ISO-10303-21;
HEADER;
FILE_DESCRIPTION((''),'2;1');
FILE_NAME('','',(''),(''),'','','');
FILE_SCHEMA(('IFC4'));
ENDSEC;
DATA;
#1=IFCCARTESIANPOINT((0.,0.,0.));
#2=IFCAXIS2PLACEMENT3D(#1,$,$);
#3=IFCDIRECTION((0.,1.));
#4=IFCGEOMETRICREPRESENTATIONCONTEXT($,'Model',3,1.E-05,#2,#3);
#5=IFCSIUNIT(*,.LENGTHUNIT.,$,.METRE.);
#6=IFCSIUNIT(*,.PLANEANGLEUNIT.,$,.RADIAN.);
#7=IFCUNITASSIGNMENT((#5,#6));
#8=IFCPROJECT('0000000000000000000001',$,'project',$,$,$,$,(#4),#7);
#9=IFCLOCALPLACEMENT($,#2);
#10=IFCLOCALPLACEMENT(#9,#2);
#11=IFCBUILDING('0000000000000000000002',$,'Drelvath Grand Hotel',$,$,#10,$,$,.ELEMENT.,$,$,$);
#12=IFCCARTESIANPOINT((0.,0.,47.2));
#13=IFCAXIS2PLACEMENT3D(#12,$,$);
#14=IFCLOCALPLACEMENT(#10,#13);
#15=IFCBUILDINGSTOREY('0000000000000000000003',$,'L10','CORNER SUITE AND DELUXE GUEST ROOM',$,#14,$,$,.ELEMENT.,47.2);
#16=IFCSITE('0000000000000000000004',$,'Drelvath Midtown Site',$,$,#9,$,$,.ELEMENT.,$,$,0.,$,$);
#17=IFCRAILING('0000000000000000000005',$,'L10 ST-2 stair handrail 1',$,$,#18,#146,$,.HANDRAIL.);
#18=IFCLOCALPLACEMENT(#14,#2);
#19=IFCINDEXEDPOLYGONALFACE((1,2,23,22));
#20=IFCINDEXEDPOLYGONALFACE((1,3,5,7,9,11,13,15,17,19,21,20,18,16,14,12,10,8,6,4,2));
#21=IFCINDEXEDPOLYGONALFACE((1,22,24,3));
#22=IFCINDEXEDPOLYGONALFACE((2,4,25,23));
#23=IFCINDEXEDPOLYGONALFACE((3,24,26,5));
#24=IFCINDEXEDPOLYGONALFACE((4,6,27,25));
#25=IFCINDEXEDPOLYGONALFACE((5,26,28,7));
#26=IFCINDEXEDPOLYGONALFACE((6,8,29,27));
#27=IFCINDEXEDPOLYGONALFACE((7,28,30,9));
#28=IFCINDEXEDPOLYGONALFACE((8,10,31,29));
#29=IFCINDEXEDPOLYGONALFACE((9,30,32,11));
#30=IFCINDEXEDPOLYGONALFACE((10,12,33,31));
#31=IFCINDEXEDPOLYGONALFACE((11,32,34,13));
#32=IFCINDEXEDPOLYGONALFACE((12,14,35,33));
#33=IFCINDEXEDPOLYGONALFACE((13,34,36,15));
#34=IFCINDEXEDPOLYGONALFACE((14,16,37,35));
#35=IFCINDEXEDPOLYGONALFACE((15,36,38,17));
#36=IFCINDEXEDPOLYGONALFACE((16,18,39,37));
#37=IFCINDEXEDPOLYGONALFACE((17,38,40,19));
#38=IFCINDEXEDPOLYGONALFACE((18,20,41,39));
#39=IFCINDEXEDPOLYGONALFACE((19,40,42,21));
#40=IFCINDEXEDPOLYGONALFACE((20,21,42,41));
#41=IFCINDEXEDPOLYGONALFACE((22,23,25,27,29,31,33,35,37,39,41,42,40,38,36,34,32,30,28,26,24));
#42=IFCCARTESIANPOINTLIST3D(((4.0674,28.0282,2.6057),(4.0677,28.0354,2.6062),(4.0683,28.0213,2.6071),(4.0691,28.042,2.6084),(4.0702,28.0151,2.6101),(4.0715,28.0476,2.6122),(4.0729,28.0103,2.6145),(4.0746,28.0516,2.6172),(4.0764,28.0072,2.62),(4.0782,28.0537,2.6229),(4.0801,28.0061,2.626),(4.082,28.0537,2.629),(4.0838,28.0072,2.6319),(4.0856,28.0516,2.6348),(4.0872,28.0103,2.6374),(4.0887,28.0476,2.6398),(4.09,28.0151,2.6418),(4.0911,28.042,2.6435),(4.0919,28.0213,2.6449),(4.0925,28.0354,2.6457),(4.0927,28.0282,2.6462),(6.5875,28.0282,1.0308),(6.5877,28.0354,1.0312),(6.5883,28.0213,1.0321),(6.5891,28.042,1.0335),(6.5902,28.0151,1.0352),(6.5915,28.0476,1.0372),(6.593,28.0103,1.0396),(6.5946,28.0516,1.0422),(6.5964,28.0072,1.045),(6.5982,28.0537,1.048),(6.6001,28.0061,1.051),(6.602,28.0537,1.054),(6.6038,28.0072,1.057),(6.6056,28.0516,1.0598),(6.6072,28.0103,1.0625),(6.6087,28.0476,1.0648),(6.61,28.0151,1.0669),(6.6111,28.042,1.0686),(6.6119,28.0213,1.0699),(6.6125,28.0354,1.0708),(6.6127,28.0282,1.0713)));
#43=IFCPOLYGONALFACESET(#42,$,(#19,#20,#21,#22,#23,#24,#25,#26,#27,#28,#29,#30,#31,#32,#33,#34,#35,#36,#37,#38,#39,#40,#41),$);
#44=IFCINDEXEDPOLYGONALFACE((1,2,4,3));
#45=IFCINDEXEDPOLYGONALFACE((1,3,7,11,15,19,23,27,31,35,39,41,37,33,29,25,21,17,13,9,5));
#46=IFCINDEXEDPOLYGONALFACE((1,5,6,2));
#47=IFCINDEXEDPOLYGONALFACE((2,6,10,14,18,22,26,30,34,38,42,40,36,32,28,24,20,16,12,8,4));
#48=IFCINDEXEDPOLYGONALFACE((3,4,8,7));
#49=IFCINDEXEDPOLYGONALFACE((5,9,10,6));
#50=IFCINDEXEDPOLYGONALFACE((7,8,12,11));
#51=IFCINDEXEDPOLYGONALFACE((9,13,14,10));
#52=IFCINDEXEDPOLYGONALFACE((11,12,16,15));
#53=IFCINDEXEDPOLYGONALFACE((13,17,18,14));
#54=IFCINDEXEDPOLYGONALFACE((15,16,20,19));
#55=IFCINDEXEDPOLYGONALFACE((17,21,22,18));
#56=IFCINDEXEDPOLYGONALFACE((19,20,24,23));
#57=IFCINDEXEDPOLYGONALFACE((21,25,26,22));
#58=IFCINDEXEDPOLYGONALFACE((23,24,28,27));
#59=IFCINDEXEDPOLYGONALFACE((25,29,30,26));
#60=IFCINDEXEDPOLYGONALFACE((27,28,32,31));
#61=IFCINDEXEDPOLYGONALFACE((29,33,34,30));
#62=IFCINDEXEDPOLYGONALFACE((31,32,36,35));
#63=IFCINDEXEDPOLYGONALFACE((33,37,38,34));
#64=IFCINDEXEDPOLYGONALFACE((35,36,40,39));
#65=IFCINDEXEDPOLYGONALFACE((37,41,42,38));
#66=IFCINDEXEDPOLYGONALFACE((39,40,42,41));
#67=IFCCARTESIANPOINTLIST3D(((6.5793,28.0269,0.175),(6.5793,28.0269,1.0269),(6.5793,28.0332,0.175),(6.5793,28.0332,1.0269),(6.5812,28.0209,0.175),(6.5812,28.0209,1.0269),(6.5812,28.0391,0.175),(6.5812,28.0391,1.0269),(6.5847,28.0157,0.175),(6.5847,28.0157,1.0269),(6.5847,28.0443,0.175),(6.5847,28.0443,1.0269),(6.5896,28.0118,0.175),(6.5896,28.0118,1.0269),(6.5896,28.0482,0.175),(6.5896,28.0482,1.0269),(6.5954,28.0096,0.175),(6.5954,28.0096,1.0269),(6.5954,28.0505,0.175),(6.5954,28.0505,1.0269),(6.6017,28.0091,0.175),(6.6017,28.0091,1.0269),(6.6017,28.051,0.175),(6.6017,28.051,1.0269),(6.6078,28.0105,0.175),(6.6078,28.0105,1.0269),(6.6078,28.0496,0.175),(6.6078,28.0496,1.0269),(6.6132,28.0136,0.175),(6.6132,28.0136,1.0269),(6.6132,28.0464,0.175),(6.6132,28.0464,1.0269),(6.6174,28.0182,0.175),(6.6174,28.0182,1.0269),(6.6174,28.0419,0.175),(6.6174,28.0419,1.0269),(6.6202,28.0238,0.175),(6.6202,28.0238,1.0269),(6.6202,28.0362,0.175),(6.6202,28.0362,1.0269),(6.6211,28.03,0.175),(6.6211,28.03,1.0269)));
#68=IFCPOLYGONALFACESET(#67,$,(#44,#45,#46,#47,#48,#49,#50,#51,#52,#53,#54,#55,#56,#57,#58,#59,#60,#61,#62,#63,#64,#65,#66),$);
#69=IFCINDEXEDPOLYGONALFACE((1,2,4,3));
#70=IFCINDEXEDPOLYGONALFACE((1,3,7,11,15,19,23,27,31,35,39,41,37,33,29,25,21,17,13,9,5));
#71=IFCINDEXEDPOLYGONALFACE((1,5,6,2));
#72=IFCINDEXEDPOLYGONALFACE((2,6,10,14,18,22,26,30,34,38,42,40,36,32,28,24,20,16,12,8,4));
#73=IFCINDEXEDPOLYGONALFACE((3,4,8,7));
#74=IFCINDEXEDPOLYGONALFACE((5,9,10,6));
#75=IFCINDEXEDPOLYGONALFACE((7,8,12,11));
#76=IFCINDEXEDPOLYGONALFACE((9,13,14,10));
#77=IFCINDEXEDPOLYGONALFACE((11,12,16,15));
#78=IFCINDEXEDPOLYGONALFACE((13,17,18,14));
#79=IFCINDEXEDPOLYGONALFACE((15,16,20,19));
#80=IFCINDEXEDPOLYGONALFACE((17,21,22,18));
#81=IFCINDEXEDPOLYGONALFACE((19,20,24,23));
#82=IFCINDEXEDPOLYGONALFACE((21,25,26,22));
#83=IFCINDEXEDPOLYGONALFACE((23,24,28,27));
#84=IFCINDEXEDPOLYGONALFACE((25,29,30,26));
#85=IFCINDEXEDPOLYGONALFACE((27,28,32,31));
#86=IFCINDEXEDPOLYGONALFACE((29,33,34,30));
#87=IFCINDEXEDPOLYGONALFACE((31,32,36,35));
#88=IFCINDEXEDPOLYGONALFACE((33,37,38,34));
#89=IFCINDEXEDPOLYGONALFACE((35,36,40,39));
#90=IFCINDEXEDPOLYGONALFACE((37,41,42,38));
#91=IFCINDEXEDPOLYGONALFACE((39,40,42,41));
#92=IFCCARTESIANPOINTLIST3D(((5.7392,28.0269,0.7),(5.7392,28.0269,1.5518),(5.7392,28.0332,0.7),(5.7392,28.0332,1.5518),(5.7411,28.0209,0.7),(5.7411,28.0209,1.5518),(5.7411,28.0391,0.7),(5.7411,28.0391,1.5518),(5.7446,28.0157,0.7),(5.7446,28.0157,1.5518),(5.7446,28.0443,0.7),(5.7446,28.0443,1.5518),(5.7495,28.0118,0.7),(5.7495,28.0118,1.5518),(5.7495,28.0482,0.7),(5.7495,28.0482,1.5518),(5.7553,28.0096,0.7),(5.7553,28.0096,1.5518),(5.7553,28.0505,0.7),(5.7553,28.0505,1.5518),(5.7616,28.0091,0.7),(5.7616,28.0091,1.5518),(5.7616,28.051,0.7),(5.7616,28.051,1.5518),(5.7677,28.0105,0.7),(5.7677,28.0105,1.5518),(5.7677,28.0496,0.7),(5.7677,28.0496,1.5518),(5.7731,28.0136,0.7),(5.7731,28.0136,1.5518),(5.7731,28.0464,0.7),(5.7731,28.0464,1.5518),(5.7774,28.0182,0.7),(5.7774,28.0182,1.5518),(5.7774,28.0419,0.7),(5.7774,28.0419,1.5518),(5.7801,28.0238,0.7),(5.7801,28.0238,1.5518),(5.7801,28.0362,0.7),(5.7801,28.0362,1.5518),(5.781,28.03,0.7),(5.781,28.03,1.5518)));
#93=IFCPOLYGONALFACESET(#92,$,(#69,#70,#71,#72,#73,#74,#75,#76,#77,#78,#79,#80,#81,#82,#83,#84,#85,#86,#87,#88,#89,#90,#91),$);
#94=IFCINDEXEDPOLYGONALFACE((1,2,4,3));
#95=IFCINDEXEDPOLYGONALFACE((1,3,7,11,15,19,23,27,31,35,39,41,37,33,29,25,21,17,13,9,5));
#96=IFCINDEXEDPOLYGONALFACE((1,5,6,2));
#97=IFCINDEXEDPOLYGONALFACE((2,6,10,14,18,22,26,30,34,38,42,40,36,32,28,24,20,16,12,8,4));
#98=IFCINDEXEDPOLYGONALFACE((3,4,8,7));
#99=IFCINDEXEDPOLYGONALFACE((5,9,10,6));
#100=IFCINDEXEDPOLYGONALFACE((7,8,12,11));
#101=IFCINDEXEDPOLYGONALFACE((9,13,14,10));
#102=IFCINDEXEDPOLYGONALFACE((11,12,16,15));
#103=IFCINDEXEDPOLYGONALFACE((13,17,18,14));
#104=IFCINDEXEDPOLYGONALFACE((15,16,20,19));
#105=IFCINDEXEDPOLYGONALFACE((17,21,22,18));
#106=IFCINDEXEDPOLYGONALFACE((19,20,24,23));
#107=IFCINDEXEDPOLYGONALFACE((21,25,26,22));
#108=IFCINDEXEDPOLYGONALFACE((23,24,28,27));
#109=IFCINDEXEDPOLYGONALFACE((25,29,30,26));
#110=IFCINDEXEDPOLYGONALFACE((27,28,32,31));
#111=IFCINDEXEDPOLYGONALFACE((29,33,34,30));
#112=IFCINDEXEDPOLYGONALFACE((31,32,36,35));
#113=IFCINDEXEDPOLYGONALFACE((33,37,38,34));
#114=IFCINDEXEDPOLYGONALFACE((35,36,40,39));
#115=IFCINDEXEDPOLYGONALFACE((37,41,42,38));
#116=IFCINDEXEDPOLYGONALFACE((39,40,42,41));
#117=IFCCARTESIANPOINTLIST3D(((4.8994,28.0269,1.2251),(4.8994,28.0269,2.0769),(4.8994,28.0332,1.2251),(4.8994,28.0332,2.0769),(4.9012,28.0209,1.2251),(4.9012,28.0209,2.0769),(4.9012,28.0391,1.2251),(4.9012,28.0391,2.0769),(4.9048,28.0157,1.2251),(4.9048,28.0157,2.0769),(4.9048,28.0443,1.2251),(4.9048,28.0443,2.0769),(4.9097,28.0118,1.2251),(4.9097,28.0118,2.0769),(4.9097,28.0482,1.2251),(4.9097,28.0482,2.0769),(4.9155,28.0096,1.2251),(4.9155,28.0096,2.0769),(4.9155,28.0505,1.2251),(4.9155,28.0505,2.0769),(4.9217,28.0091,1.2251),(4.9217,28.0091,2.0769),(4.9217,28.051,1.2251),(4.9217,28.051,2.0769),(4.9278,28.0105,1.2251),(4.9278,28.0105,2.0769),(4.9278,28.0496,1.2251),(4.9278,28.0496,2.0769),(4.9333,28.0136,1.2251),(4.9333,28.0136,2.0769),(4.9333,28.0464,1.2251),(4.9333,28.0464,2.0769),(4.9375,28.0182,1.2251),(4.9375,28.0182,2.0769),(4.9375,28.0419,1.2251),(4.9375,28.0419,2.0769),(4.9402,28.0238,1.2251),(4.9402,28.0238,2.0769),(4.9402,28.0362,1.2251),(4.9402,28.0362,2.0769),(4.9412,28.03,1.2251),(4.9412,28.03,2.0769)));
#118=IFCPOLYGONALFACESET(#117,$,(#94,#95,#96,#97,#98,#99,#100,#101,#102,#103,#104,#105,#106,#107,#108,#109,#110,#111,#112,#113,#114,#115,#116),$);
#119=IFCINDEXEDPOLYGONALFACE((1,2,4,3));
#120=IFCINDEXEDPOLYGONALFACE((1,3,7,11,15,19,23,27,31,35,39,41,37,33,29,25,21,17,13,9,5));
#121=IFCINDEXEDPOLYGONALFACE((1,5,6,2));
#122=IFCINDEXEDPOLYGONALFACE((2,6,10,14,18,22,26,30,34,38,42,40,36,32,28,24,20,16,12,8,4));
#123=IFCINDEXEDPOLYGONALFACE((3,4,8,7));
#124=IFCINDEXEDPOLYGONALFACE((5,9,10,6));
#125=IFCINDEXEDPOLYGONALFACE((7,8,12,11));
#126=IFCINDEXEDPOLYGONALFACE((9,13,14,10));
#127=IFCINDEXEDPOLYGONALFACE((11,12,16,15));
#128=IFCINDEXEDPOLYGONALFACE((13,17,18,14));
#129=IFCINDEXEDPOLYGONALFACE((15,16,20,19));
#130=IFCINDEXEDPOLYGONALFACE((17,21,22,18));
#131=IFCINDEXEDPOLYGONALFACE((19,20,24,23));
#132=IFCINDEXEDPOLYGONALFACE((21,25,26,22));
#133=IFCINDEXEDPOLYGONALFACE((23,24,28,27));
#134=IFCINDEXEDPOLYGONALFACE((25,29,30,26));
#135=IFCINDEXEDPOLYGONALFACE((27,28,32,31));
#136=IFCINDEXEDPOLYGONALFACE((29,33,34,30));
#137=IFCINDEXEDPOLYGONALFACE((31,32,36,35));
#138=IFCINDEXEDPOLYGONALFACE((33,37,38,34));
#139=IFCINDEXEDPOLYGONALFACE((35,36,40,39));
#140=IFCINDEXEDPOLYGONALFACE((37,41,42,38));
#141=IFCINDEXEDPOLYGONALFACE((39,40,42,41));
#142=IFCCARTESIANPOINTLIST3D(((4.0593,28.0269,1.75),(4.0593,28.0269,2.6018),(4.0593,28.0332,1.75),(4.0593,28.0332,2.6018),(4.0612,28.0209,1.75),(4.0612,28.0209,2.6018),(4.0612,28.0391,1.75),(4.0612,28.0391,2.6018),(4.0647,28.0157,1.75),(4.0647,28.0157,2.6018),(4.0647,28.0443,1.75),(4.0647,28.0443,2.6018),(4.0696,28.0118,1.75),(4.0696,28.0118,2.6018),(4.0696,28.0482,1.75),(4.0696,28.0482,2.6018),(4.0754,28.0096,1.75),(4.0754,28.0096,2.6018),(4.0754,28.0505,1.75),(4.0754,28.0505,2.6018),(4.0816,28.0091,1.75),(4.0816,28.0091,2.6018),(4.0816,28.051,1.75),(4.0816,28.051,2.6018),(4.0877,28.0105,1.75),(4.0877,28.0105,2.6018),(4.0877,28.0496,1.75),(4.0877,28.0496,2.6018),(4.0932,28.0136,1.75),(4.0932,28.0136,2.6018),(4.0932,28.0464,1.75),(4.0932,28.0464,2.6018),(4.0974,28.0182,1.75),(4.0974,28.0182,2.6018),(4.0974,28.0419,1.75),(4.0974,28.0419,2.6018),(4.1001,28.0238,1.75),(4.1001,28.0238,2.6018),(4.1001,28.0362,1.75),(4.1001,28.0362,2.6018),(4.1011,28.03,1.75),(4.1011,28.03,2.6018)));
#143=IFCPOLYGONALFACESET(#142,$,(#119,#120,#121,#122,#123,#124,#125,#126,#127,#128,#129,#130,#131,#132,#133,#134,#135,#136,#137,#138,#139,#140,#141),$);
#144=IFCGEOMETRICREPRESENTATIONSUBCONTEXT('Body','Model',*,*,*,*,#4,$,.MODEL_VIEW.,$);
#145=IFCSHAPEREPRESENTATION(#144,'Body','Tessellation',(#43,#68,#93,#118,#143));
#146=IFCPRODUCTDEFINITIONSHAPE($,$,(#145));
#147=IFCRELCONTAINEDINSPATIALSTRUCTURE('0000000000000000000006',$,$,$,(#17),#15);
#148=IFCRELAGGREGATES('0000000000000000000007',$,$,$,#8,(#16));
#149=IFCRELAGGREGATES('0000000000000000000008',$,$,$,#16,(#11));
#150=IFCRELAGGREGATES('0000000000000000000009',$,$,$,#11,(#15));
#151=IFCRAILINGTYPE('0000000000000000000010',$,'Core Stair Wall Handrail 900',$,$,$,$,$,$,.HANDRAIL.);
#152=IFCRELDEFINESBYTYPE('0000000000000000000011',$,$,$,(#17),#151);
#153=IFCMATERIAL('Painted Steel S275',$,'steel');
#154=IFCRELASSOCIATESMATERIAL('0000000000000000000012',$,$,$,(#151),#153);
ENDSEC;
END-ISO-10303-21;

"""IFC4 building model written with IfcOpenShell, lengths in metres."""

from ifc_helpers import new_model, si_unit, direction, frame, origin, origin_2d, place, context, subcontext, project, spatial, circle, extrude, material, type_object, element, save


model = new_model("IFC4")

# Units and contexts
model_context = context("Model", 3, precision=1e-05, world=origin(), true_north=direction((0.0, 1.0)))
body_context = subcontext(model_context, "Body", "Model", "MODEL_VIEW")
ifc_project = project(units=[si_unit("LENGTHUNIT", "METRE"), si_unit("PLANEANGLEUNIT", "RADIAN")], contexts=[model_context])

# Site, building, storey
site_placement = place(None, origin())
site = spatial("IfcSite", under=ifc_project, at=site_placement, Name="Drelvath Midtown Site", CompositionType="ELEMENT", RefElevation=0.0)
building_placement = place(site_placement, origin())
building = spatial("IfcBuilding", under=site, at=building_placement, Name="Drelvath Grand Hotel", CompositionType="ELEMENT")
storey_placement = place(building_placement, frame((0.0, 0.0, 47.2)))
storey = spatial("IfcBuildingStorey", under=building, at=storey_placement, Name="L10", Description="CORNER SUITE AND DELUXE GUEST ROOM", CompositionType="ELEMENT", Elevation=47.2)

# Shared definitions
ifc_material_1 = material(Name="Painted Steel S275", Category="steel")

# Railing
railing_type_1 = type_object("IfcRailingType", Name="Core Stair Wall Handrail 900", PredefinedType="HANDRAIL", material=ifc_material_1)
railing_1_placement = place(storey_placement, frame((6.6001, 28.03, 0.175)))
element("IfcRailing", 1, at=railing_1_placement, inside=storey, type_object=railing_type_1, Name="L10 ST-2 stair handrail 1", PredefinedType="HANDRAIL", context=body_context, shape_type="SweptSolid", body=[
    extrude(circle(Radius=0.0239, at=origin_2d()), frame((0.0, 0.0, 0.876), z_axis=(-0.848008, 0.0, 0.529984), x_axis=(0.0, -1.0, 0.0)), (0.0, 0.0, 1.0), 2.9717),
    extrude(circle(Radius=0.021, at=origin_2d()), origin(), (0.0, 0.0, 1.0), 0.8518),
    extrude(circle(Radius=0.021, at=origin_2d()), frame((-0.8401, 0.0, 0.5249)), (0.0, 0.0, 1.0), 0.8518),
    extrude(circle(Radius=0.021, at=origin_2d()), frame((-1.6799, 0.0, 1.05)), (0.0, 0.0, 1.0), 0.8518),
    extrude(circle(Radius=0.021, at=origin_2d()), frame((-2.52, 0.0, 1.575)), (0.0, 0.0, 1.0), 0.8518),
])

save(model, "model.ifc")
